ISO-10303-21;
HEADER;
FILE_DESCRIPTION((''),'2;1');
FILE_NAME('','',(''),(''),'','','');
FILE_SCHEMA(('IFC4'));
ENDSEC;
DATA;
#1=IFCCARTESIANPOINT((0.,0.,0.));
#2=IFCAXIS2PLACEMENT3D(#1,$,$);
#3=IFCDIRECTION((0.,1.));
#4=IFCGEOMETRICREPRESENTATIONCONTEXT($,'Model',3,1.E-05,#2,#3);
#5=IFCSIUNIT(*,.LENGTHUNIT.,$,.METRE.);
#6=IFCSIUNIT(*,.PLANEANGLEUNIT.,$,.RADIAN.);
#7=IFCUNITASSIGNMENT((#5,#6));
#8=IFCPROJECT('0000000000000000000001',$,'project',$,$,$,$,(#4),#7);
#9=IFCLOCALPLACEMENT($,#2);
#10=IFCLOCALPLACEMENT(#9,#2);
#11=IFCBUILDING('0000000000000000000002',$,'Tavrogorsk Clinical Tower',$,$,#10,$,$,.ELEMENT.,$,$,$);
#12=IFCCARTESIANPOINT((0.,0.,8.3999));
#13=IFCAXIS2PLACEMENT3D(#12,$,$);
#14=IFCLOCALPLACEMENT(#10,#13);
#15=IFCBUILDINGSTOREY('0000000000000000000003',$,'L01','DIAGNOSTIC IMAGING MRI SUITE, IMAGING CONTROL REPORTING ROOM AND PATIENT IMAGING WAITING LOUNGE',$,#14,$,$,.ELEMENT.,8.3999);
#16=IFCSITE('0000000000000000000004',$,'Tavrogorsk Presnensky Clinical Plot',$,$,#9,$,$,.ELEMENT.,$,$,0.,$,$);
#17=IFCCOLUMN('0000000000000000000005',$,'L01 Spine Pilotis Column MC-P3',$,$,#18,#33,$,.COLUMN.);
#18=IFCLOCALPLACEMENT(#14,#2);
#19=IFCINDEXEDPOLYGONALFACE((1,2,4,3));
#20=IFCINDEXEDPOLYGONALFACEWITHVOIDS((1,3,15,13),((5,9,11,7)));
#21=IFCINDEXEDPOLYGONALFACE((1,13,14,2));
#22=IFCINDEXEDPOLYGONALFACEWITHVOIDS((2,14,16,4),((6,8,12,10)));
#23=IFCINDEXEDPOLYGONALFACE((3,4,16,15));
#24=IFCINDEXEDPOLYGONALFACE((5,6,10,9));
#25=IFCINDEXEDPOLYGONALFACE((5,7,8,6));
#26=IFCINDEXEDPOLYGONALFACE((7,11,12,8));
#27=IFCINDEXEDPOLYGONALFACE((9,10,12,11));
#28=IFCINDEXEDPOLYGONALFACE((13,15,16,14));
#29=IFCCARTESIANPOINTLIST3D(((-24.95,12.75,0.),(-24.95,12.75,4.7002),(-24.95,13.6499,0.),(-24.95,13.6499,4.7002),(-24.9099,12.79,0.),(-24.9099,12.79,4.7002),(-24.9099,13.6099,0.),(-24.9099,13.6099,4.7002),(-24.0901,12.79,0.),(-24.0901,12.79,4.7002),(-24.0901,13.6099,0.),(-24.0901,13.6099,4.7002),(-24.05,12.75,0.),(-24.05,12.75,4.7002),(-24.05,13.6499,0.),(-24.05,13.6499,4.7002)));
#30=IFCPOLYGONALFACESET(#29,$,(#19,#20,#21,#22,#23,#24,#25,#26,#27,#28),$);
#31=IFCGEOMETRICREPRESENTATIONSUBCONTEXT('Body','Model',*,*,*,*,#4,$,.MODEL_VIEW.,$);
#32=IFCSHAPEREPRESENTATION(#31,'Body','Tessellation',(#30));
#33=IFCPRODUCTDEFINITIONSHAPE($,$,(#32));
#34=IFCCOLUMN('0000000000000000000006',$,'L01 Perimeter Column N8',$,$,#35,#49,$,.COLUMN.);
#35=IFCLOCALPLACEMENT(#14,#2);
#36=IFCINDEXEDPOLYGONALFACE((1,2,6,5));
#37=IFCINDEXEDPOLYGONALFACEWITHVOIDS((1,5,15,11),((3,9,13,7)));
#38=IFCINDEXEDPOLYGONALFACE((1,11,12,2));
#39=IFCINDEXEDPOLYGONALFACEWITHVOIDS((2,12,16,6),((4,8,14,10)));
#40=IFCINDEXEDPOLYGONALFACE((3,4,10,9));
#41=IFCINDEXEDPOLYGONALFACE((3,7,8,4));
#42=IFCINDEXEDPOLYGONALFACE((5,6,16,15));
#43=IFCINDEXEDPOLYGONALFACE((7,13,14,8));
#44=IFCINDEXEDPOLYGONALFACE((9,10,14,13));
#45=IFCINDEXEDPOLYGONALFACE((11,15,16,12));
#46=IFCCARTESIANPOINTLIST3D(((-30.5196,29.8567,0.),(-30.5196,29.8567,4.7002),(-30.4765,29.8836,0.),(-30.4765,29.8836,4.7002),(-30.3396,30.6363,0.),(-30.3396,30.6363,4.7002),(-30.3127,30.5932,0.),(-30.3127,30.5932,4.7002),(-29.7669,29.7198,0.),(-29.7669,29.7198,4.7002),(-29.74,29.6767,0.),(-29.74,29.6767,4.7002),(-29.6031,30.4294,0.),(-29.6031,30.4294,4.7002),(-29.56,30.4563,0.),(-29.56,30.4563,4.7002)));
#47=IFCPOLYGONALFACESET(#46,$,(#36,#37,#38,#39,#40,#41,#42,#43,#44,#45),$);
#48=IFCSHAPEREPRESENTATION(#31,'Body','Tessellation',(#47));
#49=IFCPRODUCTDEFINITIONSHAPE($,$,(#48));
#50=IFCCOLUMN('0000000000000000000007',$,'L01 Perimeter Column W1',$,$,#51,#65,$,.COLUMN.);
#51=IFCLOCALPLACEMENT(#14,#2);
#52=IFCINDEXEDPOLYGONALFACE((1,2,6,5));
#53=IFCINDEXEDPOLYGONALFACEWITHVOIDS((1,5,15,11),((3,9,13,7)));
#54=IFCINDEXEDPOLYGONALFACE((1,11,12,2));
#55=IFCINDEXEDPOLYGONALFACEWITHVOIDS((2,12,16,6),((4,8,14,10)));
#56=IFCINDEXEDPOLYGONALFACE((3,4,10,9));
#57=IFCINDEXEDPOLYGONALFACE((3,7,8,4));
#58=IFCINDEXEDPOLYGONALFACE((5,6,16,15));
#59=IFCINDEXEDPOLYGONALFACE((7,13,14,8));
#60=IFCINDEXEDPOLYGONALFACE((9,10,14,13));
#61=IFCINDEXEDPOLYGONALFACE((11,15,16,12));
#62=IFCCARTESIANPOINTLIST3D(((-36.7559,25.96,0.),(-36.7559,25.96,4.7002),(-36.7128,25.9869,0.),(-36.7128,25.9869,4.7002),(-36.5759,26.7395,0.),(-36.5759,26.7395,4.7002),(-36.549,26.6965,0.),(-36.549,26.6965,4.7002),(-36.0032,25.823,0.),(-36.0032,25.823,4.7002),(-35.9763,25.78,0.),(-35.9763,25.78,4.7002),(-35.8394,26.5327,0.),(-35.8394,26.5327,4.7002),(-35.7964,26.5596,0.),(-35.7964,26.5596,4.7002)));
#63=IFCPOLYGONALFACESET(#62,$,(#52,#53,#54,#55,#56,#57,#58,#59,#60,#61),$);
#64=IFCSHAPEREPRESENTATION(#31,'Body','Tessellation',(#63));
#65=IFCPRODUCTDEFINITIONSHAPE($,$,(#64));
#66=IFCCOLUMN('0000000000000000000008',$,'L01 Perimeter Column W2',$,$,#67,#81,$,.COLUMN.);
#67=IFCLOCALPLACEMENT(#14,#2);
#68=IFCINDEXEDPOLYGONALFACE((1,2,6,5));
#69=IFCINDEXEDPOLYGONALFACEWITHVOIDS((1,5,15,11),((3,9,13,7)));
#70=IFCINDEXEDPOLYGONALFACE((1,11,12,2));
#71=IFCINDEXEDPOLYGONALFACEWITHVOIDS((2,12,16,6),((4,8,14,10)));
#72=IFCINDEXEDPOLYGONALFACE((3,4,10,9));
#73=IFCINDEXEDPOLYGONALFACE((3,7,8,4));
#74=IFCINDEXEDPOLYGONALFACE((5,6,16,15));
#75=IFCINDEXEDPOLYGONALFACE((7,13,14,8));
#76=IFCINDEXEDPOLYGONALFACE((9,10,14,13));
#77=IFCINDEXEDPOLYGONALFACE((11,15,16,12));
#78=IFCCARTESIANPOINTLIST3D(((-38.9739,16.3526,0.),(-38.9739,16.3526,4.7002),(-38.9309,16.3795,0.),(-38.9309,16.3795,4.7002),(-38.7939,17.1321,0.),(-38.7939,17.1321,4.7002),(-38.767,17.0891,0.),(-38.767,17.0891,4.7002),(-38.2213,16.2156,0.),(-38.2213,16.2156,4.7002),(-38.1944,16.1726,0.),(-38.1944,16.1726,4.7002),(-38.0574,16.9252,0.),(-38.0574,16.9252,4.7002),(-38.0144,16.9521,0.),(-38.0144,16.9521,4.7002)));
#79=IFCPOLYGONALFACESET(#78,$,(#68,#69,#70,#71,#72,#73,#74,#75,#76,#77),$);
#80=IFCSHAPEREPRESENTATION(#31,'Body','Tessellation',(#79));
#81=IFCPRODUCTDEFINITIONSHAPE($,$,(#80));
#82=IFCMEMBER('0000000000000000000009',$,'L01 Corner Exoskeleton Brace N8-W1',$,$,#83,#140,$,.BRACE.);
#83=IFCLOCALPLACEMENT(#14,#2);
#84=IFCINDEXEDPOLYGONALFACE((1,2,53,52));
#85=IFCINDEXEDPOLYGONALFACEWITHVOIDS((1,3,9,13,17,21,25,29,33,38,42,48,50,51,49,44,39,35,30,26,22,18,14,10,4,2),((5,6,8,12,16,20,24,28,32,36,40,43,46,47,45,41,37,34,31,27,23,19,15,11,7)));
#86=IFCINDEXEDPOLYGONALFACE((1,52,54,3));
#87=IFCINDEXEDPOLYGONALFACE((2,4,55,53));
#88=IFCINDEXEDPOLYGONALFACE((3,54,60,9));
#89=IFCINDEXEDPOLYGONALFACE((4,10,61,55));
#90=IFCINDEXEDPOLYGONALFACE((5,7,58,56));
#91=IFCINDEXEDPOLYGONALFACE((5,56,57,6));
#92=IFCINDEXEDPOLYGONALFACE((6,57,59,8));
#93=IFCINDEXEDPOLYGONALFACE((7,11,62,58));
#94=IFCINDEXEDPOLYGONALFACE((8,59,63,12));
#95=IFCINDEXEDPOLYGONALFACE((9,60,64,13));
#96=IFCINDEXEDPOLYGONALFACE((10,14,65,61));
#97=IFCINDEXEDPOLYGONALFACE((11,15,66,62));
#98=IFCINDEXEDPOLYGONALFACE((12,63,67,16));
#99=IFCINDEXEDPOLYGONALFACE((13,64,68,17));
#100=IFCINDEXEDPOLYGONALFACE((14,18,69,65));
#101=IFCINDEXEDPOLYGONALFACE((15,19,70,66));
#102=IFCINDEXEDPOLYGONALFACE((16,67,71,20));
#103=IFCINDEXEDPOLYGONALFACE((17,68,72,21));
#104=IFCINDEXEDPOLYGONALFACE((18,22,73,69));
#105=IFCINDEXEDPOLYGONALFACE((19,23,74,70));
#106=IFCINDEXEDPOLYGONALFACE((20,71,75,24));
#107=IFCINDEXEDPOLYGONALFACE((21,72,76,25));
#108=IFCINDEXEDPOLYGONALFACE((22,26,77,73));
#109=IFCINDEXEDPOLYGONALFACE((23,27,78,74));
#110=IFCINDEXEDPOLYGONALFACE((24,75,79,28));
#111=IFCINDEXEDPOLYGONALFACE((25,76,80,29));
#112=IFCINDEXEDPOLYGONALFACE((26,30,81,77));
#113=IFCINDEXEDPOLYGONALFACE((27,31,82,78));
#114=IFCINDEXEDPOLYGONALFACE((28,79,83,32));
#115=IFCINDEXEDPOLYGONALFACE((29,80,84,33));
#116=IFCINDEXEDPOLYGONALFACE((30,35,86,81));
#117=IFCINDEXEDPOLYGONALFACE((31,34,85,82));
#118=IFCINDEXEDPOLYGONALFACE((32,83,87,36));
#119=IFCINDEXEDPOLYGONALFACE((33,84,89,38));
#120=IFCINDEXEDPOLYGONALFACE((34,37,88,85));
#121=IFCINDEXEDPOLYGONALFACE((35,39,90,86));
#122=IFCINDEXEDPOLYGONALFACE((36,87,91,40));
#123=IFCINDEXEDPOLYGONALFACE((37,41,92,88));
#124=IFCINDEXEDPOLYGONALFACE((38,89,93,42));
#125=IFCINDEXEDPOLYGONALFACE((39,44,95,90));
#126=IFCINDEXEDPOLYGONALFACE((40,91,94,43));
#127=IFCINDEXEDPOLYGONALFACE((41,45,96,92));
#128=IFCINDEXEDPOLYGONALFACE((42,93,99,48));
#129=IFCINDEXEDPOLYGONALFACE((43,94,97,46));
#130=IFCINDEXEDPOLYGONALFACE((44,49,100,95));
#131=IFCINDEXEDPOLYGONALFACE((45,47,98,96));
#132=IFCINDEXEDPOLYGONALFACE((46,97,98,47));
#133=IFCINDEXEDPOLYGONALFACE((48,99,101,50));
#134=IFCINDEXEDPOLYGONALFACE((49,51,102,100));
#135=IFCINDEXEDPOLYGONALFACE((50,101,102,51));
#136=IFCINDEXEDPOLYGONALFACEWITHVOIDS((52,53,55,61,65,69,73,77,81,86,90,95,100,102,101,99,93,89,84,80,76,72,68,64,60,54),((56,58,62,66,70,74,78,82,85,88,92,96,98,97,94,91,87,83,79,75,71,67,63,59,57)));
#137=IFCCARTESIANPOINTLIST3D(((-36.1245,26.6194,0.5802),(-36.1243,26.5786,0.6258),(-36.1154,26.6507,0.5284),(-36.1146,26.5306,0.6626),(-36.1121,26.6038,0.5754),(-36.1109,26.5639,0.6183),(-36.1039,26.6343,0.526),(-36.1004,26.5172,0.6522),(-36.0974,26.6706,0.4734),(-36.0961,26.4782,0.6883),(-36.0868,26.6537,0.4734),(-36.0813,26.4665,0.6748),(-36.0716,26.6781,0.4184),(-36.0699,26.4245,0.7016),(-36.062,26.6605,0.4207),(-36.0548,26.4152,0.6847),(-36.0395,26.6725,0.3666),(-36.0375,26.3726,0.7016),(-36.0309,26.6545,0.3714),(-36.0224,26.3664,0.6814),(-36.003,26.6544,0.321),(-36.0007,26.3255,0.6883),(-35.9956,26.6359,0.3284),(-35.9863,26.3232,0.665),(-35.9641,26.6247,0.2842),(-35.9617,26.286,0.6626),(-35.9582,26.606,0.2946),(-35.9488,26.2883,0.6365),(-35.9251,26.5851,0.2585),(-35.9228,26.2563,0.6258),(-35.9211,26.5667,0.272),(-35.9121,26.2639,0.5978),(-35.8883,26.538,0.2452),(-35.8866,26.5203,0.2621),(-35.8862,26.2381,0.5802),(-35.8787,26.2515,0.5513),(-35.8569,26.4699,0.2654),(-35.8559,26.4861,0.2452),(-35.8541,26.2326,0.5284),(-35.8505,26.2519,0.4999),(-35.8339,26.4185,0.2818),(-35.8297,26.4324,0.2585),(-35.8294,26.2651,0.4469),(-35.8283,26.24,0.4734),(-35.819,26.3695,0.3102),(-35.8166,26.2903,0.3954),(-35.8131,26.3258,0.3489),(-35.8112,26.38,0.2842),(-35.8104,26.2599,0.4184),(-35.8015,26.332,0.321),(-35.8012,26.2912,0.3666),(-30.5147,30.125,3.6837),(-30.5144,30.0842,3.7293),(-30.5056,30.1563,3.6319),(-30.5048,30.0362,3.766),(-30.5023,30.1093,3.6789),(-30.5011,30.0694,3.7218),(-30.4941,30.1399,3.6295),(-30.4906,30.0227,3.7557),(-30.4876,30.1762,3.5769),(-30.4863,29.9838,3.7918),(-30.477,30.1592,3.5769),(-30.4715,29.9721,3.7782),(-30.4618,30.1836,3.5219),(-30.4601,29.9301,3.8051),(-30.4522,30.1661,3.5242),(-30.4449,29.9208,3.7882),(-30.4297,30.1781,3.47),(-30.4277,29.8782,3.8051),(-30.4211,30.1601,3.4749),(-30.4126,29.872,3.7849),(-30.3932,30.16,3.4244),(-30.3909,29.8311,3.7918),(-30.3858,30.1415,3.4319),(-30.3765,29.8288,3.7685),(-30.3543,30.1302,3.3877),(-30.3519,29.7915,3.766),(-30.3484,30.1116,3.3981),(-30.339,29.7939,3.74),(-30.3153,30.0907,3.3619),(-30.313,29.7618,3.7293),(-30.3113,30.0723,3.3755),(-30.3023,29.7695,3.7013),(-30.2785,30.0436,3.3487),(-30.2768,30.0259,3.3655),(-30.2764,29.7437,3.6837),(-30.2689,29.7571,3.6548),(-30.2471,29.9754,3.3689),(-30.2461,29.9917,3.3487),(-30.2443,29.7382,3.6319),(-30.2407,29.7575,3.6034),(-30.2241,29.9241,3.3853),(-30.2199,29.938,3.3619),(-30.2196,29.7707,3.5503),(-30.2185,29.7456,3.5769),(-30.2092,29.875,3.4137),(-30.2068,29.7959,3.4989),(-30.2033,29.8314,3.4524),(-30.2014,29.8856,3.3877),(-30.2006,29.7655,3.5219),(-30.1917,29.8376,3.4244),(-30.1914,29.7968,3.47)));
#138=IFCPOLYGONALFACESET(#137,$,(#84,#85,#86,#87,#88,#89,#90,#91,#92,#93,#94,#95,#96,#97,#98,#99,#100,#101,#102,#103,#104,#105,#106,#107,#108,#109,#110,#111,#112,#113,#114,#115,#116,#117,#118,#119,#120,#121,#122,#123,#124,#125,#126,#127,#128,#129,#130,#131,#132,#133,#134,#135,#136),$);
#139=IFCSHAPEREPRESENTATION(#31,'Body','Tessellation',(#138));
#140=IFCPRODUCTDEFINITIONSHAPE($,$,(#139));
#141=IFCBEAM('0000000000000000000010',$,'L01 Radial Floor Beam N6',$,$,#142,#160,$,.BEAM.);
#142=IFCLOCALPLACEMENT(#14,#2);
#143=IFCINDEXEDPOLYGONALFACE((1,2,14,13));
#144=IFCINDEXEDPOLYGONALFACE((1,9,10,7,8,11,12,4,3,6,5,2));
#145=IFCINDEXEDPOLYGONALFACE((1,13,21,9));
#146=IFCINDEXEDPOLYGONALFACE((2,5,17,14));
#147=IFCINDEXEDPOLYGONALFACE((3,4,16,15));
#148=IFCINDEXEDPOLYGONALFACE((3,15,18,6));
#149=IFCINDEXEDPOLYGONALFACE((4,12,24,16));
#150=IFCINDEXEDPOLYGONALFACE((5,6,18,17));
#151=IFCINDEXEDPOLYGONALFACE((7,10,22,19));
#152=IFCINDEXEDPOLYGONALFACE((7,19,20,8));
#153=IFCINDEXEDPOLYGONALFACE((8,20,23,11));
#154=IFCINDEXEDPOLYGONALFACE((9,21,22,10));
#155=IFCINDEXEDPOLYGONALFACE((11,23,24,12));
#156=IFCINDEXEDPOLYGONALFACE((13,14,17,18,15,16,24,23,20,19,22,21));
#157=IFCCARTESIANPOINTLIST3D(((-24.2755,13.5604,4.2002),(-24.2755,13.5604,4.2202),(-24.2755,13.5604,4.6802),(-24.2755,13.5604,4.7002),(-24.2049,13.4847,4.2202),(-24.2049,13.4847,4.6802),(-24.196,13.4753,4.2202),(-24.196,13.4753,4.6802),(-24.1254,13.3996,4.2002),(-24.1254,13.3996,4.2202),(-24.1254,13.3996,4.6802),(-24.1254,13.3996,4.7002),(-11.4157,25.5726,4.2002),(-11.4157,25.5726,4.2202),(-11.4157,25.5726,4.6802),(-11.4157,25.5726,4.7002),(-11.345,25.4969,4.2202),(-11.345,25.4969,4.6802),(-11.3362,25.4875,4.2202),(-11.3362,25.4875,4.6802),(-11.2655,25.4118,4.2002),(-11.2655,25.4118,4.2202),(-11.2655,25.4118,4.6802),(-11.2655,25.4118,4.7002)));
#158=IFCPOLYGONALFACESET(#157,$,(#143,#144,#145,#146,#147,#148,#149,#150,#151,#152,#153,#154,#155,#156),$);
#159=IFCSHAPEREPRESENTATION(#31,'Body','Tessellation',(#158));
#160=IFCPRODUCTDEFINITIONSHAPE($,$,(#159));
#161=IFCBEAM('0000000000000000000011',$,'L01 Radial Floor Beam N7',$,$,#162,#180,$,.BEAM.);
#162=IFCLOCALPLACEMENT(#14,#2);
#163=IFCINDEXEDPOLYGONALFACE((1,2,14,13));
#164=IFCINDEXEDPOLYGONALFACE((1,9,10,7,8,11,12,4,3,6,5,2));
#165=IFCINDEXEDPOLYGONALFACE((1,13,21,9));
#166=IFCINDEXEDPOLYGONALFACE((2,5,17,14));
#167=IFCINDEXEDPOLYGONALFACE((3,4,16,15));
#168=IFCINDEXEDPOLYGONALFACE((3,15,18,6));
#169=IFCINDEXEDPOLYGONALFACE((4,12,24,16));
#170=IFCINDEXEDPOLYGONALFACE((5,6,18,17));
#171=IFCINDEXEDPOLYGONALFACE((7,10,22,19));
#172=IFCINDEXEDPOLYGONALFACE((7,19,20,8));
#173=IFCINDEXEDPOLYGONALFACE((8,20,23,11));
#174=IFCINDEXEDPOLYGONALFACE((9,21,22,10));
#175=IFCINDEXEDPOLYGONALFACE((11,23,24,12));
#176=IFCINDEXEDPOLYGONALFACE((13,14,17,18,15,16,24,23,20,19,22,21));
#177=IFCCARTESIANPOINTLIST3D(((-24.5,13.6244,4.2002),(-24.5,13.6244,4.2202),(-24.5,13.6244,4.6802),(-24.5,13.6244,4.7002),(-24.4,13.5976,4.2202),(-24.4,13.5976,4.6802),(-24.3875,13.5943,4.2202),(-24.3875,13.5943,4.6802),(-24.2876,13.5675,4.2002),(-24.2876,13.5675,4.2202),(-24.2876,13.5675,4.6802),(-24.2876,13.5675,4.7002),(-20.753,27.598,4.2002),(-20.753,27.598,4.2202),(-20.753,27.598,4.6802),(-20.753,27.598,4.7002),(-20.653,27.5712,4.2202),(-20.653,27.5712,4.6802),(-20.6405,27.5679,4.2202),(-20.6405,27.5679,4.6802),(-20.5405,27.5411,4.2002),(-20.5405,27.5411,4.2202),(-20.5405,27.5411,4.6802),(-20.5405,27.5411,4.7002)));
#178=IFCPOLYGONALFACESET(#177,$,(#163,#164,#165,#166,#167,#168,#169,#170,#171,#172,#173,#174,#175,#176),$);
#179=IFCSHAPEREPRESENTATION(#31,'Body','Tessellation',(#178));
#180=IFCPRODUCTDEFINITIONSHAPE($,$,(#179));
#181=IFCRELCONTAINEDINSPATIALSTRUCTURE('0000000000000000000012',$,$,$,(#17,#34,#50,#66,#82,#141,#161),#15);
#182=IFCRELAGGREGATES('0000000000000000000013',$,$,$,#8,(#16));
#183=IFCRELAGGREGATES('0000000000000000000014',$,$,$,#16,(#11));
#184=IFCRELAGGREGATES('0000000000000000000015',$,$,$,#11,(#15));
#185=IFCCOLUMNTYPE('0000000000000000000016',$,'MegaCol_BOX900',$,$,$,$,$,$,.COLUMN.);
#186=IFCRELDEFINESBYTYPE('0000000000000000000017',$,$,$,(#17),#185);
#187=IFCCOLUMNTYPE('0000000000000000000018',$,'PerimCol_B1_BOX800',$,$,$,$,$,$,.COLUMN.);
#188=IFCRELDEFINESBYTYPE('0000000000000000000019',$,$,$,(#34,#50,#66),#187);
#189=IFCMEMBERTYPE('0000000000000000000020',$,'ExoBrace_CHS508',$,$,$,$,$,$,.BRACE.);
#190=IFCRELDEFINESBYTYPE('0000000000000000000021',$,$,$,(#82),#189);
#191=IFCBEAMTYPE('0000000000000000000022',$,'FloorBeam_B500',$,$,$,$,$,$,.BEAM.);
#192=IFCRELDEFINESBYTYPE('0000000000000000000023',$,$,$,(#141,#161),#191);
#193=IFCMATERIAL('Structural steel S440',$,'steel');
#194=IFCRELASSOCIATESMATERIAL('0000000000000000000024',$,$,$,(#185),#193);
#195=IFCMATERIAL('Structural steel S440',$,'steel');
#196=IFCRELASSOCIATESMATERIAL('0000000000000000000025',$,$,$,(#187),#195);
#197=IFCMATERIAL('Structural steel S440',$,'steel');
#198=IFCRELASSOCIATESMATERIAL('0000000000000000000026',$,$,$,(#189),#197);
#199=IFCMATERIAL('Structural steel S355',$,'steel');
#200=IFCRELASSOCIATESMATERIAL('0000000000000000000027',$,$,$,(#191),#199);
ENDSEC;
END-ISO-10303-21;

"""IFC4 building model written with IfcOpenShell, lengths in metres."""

from ifc_helpers import new_model, si_unit, direction, frame, origin, origin_2d, place, context, subcontext, project, spatial, hollow_rectangle, hollow_circle, i_section, extrude, material, material_profile, profile_set, type_object, element, save


model = new_model("IFC4")

# Units and contexts
model_context = context("Model", 3, precision=1e-05, world=origin(), true_north=direction((0.0, 1.0)))
body_context = subcontext(model_context, "Body", "Model", "MODEL_VIEW")
ifc_project = project(units=[si_unit("LENGTHUNIT", "METRE"), si_unit("PLANEANGLEUNIT", "RADIAN")], contexts=[model_context])

# Site, building, storey
site_placement = place(None, origin())
site = spatial("IfcSite", under=ifc_project, at=site_placement, Name="Tavrogorsk Presnensky Clinical Plot", CompositionType="ELEMENT", RefElevation=0.0)
building_placement = place(site_placement, origin())
building = spatial("IfcBuilding", under=site, at=building_placement, Name="Tavrogorsk Clinical Tower", CompositionType="ELEMENT")
storey_placement = place(building_placement, frame((0.0, 0.0, 8.3999)))
storey = spatial("IfcBuildingStorey", under=building, at=storey_placement, Name="L01", Description="DIAGNOSTIC IMAGING MRI SUITE, IMAGING CONTROL REPORTING ROOM AND PATIENT IMAGING WAITING LOUNGE", CompositionType="ELEMENT", Elevation=8.3999)

# Columns
ifc_material_1 = material(Name="Structural steel S440", Category="steel")
ifc_material_profile_1 = material_profile(ifc_material_1, hollow_rectangle(XDim=0.8999, YDim=0.8999, WallThickness=0.04, at=origin_2d()), Name="BOX-900x900x40")
ifc_profile_set_1 = profile_set([ifc_material_profile_1], Name="Structural steel S440")
column_type_1 = type_object("IfcColumnType", Name="MegaCol_BOX900", PredefinedType="COLUMN", material=ifc_profile_set_1)
column_placement = place(storey_placement, frame((-24.5, 13.2, 0.0), z_axis=(0.0, 0.0, 1.0), x_axis=(1.0, 0.0, 0.0)))
element("IfcColumn", 1, at=column_placement, inside=storey, type_object=column_type_1, Name="L01 Spine Pilotis Column MC-P3", PredefinedType="COLUMN", context=body_context, shape_type="SweptSolid", body=[
    extrude(hollow_rectangle(XDim=0.8999, YDim=0.8999, WallThickness=0.04, at=origin_2d()), origin(), (0.0, 0.0, 1.0), 4.7002),
])
ifc_material_2 = material(Name="Structural steel S440", Category="steel")
ifc_material_profile_2 = material_profile(ifc_material_2, hollow_rectangle(XDim=0.8, YDim=0.8, WallThickness=0.0359, at=origin_2d()), Name="BOX-800x800x36")
ifc_profile_set_2 = profile_set([ifc_material_profile_2], Name="Structural steel S440")
column_type_2 = type_object("IfcColumnType", Name="PerimCol_B1_BOX800", PredefinedType="COLUMN", material=ifc_profile_set_2)
for number, where, z_axis, x_axis, name in (
    (2, (-30.0398, 30.1565, 0.0), (0.0, 0.0, 1.0), (0.97437, -0.224951, 0.0), "L01 Perimeter Column N8"),
    (3, (-36.2761, 26.2598, 0.0), (0.0, 0.0, 1.0), (0.97437, -0.224951, 0.0), "L01 Perimeter Column W1"),
    (4, (-38.4941, 16.6523, 0.0), (0.0, 0.0, 1.0), (0.97437, -0.224951, 0.0), "L01 Perimeter Column W2"),
):
    element("IfcColumn", number, at=place(storey_placement, frame(where, z_axis=z_axis, x_axis=x_axis)), inside=storey, type_object=column_type_2, Name=name, PredefinedType="COLUMN", context=body_context, shape_type="SweptSolid", body=[
        extrude(hollow_rectangle(XDim=0.8, YDim=0.8, WallThickness=0.0359, at=origin_2d()), origin(), (0.0, 0.0, 1.0), 4.7002),
    ])

# Member
ifc_material_3 = material(Name="Structural steel S440", Category="steel")
ifc_material_profile_3 = material_profile(ifc_material_3, hollow_circle(Radius=0.2539, WallThickness=0.02, at=origin_2d()), Name="CHS-508x20")
ifc_profile_set_3 = profile_set([ifc_material_profile_3], Name="Structural steel S440")
member_type_1 = type_object("IfcMemberType", Name="ExoBrace_CHS508", PredefinedType="BRACE", material=ifc_profile_set_3)
member_1_placement = place(storey_placement, frame((-35.9629, 26.4553, 0.4734), z_axis=(0.767742, 0.479764, 0.424734), x_axis=(-0.529939, 0.848036, 0.0)))
element("IfcMember", 5, at=member_1_placement, inside=storey, type_object=member_type_1, Name="L01 Corner Exoskeleton Brace N8-W1", PredefinedType="BRACE", context=body_context, shape_type="SweptSolid", body=[
    extrude(hollow_circle(Radius=0.2539, WallThickness=0.02, at=origin_2d()), origin(), (0.0, 0.0, 1.0), 7.3069),
])

# Beams
ifc_material_4 = material(Name="Structural steel S355", Category="steel")
ifc_material_profile_4 = material_profile(ifc_material_4, i_section(OverallWidth=0.22, OverallDepth=0.5, WebThickness=0.0129, FlangeThickness=0.02, at=origin_2d()), Name="B-500x220x13x20")
ifc_profile_set_4 = profile_set([ifc_material_profile_4], Name="Structural steel S355")
beam_type_1 = type_object("IfcBeamType", Name="FloorBeam_B500", PredefinedType="BEAM", material=ifc_profile_set_4)
beam_1_placement = place(storey_placement, frame((-24.2004, 13.48, 4.4502), z_axis=(0.730781, 0.682612, 0.0), x_axis=(-0.682612, 0.730781, 0.0)))
element("IfcBeam", 6, at=beam_1_placement, inside=storey, type_object=beam_type_1, Name="L01 Radial Floor Beam N6", PredefinedType="BEAM", context=body_context, shape_type="SweptSolid", body=[
    extrude(i_section(OverallWidth=0.22, OverallDepth=0.5, WebThickness=0.0129, FlangeThickness=0.02, at=origin_2d()), origin(), (0.0, 0.0, 1.0), 17.5974),
])
beam_2_placement = place(storey_placement, frame((-24.3938, 13.5959, 4.4502), z_axis=(0.259003, 0.965877, 0.0), x_axis=(-0.965877, 0.259003, 0.0)))
element("IfcBeam", 7, at=beam_2_placement, inside=storey, type_object=beam_type_1, Name="L01 Radial Floor Beam N7", PredefinedType="BEAM", context=body_context, shape_type="SweptSolid", body=[
    extrude(i_section(OverallWidth=0.22, OverallDepth=0.5, WebThickness=0.0129, FlangeThickness=0.02, at=origin_2d()), origin(), (0.0, 0.0, 1.0), 14.4673),
])

save(model, "model.ifc")
